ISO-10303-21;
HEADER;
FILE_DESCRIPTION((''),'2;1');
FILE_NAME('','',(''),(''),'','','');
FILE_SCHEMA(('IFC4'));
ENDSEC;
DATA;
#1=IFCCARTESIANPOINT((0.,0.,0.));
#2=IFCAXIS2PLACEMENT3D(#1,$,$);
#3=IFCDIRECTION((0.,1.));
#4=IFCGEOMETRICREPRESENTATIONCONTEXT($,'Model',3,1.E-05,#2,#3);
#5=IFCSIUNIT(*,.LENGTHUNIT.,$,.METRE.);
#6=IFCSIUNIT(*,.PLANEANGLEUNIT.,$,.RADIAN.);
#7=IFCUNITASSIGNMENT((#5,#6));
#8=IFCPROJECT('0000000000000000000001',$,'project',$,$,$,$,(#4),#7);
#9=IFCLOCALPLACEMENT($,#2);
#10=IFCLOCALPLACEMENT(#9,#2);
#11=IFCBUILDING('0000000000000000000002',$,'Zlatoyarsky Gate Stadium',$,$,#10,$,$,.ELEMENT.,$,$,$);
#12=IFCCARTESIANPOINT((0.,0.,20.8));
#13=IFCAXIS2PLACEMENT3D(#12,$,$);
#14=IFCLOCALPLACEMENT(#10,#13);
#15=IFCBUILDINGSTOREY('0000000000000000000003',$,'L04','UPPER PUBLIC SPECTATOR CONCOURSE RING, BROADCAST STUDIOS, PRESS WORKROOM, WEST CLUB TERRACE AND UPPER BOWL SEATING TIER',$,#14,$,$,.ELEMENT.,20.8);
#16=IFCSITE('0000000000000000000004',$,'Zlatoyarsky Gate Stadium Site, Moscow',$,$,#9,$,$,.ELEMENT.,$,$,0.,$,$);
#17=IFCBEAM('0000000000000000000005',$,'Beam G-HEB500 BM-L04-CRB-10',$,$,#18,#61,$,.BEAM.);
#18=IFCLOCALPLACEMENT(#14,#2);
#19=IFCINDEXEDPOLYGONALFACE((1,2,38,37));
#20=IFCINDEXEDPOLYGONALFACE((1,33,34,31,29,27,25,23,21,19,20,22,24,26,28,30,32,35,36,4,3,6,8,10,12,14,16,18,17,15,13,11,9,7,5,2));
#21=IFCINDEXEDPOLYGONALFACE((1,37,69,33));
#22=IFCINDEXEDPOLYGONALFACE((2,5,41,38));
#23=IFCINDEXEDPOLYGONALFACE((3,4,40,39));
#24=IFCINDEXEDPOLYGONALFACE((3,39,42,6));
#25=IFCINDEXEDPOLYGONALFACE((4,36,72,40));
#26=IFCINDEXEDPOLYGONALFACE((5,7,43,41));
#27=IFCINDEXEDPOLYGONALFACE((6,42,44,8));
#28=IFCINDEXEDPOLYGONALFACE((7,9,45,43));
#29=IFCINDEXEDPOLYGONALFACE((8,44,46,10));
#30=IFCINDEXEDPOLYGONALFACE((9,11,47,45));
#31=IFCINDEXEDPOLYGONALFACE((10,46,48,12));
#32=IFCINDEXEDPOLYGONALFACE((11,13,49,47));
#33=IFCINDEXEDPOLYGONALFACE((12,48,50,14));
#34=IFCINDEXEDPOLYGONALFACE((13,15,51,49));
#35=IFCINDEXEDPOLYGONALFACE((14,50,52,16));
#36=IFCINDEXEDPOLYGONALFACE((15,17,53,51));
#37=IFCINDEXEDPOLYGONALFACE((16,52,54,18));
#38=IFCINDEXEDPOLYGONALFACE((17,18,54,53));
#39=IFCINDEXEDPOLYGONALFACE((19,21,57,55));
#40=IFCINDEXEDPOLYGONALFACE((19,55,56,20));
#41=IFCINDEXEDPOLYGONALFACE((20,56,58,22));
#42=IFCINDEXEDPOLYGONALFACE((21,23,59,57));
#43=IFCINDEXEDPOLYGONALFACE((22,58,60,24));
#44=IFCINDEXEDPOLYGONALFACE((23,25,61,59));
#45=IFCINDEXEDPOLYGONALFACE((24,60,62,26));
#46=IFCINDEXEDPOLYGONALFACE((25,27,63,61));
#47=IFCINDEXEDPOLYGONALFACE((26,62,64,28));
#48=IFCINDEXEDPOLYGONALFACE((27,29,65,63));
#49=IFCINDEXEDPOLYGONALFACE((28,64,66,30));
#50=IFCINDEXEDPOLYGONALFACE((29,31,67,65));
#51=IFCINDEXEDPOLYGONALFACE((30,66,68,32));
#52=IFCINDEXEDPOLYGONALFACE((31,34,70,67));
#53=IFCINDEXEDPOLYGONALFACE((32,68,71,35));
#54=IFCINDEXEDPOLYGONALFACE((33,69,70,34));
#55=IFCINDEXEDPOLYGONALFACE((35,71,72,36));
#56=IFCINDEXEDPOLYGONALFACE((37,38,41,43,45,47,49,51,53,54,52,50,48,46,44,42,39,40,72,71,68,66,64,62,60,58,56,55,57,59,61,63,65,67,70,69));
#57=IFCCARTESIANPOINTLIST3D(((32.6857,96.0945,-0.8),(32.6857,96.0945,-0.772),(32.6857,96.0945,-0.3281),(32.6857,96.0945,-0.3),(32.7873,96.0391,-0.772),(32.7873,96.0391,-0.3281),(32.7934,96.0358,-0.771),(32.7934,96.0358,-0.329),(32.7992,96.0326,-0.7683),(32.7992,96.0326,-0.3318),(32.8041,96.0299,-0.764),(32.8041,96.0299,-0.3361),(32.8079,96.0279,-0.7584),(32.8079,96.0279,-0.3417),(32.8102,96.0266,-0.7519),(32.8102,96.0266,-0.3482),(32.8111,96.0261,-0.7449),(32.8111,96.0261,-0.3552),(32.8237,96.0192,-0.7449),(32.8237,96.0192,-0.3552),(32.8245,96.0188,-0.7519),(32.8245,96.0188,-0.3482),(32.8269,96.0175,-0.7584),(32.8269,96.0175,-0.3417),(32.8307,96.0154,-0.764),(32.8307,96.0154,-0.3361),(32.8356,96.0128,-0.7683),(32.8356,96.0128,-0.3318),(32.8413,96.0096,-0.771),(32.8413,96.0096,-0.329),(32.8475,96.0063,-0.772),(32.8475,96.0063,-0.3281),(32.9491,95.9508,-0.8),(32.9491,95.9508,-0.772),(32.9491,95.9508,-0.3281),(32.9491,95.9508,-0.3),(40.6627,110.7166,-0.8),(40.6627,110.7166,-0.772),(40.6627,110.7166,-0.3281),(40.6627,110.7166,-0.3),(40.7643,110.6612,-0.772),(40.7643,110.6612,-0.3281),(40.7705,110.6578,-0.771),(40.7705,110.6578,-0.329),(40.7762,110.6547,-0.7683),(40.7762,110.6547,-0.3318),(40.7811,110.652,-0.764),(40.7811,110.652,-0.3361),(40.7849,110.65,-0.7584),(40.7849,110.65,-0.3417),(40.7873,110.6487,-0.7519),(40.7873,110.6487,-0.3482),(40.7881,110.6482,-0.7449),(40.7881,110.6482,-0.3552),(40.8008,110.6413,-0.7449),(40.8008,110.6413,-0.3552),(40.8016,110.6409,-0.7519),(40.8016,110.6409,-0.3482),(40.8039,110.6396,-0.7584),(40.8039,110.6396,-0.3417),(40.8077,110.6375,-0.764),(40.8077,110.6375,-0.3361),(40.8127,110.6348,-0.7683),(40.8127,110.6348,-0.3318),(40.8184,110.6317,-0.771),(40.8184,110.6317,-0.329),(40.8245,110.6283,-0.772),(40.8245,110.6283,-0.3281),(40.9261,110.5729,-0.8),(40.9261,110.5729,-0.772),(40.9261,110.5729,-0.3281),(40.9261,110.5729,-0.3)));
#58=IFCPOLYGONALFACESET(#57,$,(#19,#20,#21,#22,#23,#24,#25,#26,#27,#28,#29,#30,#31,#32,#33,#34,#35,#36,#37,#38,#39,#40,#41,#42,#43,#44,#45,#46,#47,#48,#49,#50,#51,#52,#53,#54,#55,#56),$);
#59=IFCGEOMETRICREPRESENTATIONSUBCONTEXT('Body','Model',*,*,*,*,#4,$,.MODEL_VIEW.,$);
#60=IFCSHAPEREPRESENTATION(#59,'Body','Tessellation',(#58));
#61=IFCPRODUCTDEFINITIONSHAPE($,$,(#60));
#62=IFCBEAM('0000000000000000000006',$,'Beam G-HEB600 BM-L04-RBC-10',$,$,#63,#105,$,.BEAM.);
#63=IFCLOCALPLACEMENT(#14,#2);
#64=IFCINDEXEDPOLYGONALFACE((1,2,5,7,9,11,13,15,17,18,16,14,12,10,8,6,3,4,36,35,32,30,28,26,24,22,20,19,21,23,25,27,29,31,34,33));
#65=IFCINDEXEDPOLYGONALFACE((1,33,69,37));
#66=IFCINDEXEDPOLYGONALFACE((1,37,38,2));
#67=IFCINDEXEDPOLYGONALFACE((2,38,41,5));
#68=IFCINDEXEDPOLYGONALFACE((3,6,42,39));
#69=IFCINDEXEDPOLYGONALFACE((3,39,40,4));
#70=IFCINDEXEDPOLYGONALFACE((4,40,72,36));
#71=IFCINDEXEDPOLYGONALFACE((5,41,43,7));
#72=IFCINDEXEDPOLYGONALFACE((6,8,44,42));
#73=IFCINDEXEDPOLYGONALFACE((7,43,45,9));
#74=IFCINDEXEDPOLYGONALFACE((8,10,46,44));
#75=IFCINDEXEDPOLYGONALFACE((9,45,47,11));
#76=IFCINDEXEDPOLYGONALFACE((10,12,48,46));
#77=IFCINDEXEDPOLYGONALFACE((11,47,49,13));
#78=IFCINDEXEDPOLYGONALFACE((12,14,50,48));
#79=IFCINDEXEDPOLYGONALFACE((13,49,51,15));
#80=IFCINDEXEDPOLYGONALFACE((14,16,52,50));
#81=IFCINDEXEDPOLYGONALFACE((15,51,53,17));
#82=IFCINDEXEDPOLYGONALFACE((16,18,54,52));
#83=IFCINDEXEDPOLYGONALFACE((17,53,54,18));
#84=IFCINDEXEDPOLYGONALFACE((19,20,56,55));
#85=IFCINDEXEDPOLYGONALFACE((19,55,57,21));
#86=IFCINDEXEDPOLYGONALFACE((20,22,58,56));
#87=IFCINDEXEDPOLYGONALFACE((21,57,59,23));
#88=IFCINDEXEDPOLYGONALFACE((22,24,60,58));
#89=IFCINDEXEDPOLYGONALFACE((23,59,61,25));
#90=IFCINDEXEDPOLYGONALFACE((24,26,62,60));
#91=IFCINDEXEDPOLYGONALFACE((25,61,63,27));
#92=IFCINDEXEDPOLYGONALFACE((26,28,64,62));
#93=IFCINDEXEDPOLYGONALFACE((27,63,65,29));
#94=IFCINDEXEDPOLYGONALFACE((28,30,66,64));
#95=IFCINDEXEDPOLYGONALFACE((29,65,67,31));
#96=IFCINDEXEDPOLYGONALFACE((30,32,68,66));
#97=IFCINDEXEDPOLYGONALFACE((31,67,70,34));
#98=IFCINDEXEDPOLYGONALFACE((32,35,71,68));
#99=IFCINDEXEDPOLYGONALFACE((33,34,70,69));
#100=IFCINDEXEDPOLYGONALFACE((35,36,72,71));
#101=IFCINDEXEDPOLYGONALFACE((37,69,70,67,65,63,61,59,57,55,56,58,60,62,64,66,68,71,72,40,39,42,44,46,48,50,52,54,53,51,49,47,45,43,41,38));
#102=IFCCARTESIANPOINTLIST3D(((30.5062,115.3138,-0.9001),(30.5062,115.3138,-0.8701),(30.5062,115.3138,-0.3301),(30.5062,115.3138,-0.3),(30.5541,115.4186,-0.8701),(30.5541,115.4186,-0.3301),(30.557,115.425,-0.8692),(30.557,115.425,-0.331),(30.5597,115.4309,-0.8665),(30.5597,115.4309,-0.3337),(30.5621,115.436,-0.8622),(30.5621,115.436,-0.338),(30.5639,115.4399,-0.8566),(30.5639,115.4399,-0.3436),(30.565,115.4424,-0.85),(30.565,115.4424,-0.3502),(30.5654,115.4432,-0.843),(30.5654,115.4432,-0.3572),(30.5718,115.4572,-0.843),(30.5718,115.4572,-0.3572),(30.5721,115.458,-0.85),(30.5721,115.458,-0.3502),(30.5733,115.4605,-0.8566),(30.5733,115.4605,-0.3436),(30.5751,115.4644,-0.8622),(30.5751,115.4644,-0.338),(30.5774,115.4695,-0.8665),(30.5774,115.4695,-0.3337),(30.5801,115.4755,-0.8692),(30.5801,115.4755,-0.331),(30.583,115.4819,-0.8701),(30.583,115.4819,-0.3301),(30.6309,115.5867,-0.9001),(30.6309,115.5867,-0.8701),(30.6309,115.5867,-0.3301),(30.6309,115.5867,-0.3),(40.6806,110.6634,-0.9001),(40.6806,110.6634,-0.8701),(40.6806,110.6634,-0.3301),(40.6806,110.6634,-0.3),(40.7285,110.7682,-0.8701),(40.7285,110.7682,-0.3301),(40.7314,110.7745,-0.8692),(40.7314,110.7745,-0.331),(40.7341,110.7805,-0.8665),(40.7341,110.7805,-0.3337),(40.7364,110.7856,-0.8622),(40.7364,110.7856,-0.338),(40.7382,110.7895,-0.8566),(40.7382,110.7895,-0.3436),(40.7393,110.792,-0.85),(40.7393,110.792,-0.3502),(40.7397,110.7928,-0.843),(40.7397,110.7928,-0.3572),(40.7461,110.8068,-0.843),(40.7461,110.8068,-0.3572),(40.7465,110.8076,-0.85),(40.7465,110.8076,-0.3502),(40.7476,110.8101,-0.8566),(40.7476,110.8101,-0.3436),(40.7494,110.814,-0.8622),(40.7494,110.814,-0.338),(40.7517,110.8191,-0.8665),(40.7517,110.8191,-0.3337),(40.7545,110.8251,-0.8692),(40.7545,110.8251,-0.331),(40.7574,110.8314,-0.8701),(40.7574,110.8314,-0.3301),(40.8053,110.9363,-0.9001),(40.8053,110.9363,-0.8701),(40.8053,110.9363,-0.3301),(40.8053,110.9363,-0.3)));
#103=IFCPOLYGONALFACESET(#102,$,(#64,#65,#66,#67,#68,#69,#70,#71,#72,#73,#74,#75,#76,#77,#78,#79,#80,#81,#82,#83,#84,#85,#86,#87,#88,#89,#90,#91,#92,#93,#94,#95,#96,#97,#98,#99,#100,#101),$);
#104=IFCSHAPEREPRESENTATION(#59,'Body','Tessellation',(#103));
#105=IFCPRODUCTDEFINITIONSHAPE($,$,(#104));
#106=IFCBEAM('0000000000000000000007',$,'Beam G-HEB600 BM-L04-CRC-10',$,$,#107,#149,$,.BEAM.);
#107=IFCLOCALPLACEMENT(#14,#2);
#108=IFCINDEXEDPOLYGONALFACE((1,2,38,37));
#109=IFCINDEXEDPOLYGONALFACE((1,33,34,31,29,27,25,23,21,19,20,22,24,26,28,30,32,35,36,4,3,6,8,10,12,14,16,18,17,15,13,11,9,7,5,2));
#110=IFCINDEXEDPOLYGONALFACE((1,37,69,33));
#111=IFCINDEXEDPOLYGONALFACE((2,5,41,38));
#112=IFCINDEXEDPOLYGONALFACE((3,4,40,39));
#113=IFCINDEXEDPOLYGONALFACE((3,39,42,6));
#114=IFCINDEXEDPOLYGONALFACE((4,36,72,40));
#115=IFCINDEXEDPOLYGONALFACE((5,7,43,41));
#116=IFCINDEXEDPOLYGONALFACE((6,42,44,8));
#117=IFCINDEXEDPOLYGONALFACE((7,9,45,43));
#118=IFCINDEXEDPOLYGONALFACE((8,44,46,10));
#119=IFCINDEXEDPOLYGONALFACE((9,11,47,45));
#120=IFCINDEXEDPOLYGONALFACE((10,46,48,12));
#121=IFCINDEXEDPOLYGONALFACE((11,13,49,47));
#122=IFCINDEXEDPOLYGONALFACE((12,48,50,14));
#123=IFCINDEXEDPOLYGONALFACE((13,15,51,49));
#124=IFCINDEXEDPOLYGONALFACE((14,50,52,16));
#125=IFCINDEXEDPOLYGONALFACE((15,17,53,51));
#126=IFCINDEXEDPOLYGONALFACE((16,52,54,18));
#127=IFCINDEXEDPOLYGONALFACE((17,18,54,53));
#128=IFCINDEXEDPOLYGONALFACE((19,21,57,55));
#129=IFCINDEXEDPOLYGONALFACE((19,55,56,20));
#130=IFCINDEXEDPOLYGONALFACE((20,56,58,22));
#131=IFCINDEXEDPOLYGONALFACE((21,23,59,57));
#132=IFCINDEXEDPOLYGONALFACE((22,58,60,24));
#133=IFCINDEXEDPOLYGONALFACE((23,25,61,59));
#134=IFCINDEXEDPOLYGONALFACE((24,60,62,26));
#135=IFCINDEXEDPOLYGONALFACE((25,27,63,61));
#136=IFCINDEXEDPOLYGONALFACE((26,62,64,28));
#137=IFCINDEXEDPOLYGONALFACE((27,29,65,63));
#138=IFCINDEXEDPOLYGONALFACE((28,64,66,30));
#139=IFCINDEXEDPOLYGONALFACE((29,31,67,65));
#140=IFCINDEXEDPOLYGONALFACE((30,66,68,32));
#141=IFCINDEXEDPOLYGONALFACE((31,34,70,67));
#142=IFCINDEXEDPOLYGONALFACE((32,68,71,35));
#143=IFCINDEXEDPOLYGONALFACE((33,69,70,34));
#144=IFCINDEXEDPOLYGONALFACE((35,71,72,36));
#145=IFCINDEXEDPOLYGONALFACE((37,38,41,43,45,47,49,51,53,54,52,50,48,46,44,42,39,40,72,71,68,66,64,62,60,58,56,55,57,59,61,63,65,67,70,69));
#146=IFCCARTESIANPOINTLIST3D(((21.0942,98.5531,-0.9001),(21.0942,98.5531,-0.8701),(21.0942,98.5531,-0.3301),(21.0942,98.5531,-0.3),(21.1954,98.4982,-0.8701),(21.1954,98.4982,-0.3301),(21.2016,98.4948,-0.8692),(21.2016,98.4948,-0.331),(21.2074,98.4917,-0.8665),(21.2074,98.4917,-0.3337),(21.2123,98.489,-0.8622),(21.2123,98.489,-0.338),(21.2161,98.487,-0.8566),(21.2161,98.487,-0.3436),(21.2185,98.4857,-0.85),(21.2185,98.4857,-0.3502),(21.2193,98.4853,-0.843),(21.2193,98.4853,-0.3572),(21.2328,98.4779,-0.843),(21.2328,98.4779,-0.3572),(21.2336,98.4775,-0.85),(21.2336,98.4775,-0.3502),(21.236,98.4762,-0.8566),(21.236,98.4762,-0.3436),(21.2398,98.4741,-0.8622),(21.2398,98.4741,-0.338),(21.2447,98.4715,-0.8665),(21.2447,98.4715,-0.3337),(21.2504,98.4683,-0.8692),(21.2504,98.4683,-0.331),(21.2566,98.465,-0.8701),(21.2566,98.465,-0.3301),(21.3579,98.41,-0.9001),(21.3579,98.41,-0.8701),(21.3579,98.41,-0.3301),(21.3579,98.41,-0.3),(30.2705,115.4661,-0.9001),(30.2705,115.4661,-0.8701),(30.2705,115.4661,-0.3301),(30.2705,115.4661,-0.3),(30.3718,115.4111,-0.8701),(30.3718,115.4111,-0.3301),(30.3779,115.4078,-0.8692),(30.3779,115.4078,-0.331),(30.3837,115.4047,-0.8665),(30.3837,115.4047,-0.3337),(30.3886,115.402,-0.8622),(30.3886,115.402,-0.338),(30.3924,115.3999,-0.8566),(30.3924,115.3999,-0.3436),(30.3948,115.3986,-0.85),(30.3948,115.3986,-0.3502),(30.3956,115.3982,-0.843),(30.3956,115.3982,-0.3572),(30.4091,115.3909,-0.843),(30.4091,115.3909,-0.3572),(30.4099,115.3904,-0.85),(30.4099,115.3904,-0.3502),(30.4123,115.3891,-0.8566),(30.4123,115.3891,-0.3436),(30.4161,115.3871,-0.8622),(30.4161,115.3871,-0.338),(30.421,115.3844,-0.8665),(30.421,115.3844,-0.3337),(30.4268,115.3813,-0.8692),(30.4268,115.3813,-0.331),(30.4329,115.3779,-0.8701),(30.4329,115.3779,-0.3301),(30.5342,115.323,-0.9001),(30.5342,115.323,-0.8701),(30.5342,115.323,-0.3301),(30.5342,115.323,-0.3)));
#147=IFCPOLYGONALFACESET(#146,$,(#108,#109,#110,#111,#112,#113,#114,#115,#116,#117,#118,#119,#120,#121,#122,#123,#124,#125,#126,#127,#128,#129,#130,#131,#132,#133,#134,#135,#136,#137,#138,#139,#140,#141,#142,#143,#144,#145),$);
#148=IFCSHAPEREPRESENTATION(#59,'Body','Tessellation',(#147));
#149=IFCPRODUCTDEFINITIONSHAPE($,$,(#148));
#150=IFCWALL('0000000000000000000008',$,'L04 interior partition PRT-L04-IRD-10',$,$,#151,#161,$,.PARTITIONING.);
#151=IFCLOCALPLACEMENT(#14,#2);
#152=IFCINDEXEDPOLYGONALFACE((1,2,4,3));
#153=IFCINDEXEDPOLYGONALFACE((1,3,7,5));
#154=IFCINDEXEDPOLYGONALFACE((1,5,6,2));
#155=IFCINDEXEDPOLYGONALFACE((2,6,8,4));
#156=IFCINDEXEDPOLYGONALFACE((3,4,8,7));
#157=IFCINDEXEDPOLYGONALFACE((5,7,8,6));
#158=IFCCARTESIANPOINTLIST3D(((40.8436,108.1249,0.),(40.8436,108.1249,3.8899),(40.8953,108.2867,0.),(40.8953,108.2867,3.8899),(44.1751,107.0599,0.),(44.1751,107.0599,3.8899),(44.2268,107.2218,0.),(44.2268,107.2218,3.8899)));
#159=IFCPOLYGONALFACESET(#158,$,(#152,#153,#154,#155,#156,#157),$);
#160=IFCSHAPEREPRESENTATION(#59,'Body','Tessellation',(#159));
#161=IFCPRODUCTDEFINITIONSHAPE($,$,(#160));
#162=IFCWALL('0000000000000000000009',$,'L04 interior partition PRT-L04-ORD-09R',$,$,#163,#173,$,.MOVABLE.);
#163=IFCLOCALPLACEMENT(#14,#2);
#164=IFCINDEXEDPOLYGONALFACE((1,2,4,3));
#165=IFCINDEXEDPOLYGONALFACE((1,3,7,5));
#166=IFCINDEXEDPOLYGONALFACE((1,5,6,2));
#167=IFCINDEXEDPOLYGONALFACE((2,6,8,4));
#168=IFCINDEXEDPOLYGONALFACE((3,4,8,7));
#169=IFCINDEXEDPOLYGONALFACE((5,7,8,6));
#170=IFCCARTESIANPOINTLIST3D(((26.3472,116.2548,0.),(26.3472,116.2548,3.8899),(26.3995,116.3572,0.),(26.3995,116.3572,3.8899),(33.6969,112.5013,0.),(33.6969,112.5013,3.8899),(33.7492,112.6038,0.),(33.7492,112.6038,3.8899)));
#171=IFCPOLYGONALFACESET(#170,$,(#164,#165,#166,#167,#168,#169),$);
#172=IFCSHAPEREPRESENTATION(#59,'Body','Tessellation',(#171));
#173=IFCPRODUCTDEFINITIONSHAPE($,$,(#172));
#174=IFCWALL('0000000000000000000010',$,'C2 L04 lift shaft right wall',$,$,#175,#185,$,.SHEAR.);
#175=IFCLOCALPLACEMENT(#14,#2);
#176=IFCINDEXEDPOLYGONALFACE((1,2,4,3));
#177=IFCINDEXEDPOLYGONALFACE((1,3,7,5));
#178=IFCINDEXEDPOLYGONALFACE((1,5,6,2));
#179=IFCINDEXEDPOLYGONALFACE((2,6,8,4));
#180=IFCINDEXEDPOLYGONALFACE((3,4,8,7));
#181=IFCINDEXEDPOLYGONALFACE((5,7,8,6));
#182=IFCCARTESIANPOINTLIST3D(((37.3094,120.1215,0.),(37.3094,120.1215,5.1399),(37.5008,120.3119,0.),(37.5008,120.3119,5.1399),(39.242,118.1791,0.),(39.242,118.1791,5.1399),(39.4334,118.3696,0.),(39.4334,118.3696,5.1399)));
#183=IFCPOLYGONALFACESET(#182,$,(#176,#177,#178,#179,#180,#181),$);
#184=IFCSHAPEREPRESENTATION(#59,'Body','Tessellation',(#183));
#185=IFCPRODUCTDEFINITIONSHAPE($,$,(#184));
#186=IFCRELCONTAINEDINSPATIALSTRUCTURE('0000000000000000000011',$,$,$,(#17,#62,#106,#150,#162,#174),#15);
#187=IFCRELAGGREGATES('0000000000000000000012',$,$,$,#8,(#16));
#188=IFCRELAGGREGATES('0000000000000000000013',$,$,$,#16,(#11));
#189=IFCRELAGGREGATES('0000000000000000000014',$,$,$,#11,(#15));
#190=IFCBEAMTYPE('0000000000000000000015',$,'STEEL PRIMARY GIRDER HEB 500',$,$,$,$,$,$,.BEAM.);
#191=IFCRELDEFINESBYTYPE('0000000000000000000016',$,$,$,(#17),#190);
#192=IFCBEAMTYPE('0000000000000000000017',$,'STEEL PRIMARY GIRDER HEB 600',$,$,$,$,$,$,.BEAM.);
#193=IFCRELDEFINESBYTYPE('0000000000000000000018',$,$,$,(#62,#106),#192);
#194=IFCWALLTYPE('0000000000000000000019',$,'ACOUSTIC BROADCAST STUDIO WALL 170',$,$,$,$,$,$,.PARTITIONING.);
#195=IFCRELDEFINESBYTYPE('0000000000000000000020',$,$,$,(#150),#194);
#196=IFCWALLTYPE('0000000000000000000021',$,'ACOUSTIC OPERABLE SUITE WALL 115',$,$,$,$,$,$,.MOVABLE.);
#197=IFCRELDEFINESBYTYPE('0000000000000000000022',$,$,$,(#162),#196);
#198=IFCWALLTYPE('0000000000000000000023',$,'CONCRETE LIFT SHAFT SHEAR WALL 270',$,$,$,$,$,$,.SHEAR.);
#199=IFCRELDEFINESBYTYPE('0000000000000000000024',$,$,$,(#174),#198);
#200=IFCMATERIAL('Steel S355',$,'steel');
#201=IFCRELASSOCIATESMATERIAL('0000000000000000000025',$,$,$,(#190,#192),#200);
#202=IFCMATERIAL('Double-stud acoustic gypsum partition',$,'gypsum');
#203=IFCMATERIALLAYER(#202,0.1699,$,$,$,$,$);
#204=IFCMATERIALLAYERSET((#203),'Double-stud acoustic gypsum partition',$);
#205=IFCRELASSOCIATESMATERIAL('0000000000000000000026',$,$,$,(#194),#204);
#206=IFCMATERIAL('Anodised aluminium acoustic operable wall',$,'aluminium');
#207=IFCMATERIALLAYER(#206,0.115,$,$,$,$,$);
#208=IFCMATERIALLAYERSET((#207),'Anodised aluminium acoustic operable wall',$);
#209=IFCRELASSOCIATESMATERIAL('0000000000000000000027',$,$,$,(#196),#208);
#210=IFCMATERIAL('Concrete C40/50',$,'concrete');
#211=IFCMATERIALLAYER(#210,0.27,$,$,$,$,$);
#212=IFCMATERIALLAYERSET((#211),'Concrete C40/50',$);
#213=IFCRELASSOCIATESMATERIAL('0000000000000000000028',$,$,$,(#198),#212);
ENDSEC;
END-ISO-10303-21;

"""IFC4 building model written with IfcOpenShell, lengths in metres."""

from ifc_helpers import new_model, si_unit, direction, frame, frame_2d, origin, origin_2d, place, context, subcontext, project, spatial, rectangle, i_section, extrude, material, layer, layer_set, material_profile, profile_set, type_object, element, save


model = new_model("IFC4")

# Units and contexts
model_context = context("Model", 3, precision=1e-05, world=origin(), true_north=direction((0.0, 1.0)))
body_context = subcontext(model_context, "Body", "Model", "MODEL_VIEW")
ifc_project = project(units=[si_unit("LENGTHUNIT", "METRE"), si_unit("PLANEANGLEUNIT", "RADIAN")], contexts=[model_context])

# Site, building, storey
site_placement = place(None, origin())
site = spatial("IfcSite", under=ifc_project, at=site_placement, Name="Zlatoyarsky Gate Stadium Site, Moscow", CompositionType="ELEMENT", RefElevation=0.0)
building_placement = place(site_placement, origin())
building = spatial("IfcBuilding", under=site, at=building_placement, Name="Zlatoyarsky Gate Stadium", CompositionType="ELEMENT")
storey_placement = place(building_placement, frame((0.0, 0.0, 20.8)))
storey = spatial("IfcBuildingStorey", under=building, at=storey_placement, Name="L04", Description="UPPER PUBLIC SPECTATOR CONCOURSE RING, BROADCAST STUDIOS, PRESS WORKROOM, WEST CLUB TERRACE AND UPPER BOWL SEATING TIER", CompositionType="ELEMENT", Elevation=20.8)

# Shared definitions
ifc_material_1 = material(Name="Steel S355", Category="steel")

# Beams
ifc_material_2 = material(Name="Concrete C40/50", Category="concrete")
ifc_material_profile_1 = material_profile(ifc_material_1, i_section(OverallWidth=0.3, OverallDepth=0.5, WebThickness=0.0144, FlangeThickness=0.0281, FilletRadius=0.0271, at=origin_2d()), Name="HEB 500")
ifc_profile_set_1 = profile_set([ifc_material_profile_1], Name="Steel S355")
beam_type_1 = type_object("IfcBeamType", Name="STEEL PRIMARY GIRDER HEB 500", PredefinedType="BEAM", material=ifc_profile_set_1)
beam_1_placement = place(storey_placement, frame((40.7944, 110.6448, -0.55), z_axis=(-0.478916, -0.877861, 0.0), x_axis=(0.877861, -0.478916, 0.0)))
element("IfcBeam", 1, at=beam_1_placement, inside=storey, type_object=beam_type_1, Name="Beam G-HEB500 BM-L04-CRB-10", PredefinedType="BEAM", context=body_context, shape_type="SweptSolid", body=[
    extrude(i_section(OverallWidth=0.3, OverallDepth=0.5, WebThickness=0.0144, FlangeThickness=0.0281, FilletRadius=0.0271, at=origin_2d()), origin(), (0.0, 0.0, 1.0), 16.6565),
])
ifc_material_profile_2 = material_profile(ifc_material_1, i_section(OverallWidth=0.3, OverallDepth=0.6001, WebThickness=0.0154, FlangeThickness=0.03, FilletRadius=0.0271, at=origin_2d()), Name="HEB 600")
ifc_profile_set_2 = profile_set([ifc_material_profile_2], Name="Steel S355")
beam_type_2 = type_object("IfcBeamType", Name="STEEL PRIMARY GIRDER HEB 600", PredefinedType="BEAM", material=ifc_profile_set_2)
beam_2_placement = place(storey_placement, frame((40.7429, 110.7998, -0.6001), z_axis=(-0.909499, 0.415706, 0.0), x_axis=(-0.415706, -0.909499, 0.0)))
element("IfcBeam", 2, at=beam_2_placement, inside=storey, type_object=beam_type_2, Name="Beam G-HEB600 BM-L04-RBC-10", PredefinedType="BEAM", context=body_context, shape_type="SweptSolid", body=[
    extrude(i_section(OverallWidth=0.3, OverallDepth=0.6001, WebThickness=0.0154, FlangeThickness=0.03, FilletRadius=0.0271, at=origin_2d()), origin(), (0.0, 0.0, 1.0), 11.1868),
])
beam_3_placement = place(storey_placement, frame((30.4023, 115.3945, -0.6001), z_axis=(-0.476892, -0.878962, 0.0), x_axis=(0.878962, -0.476892, 0.0)))
element("IfcBeam", 3, at=beam_3_placement, inside=storey, type_object=beam_type_2, Name="Beam G-HEB600 BM-L04-CRC-10", PredefinedType="BEAM", context=body_context, shape_type="SweptSolid", body=[
    extrude(i_section(OverallWidth=0.3, OverallDepth=0.6001, WebThickness=0.0154, FlangeThickness=0.03, FilletRadius=0.0271, at=origin_2d()), origin(), (0.0, 0.0, 1.0), 19.2419),
])

# Walls
ifc_material_3 = material(Name="Double-stud acoustic gypsum partition", Category="gypsum")
ifc_layer_1 = layer(ifc_material_3, 0.1699)
ifc_layer_set_1 = layer_set([ifc_layer_1], Name="Double-stud acoustic gypsum partition")
wall_type_1 = type_object("IfcWallType", Name="ACOUSTIC BROADCAST STUDIO WALL 170", PredefinedType="PARTITIONING", material=ifc_layer_set_1)
wall_1_placement = place(storey_placement, frame((44.2009, 107.1409, 0.0), z_axis=(0.0, 0.0, 1.0), x_axis=(-0.95252, 0.304477, 0.0)))
element("IfcWall", 4, at=wall_1_placement, inside=storey, type_object=wall_type_1, Name="L04 interior partition PRT-L04-IRD-10", PredefinedType="PARTITIONING", context=body_context, shape_type="SweptSolid", body=[
    extrude(rectangle(XDim=3.4976, YDim=0.1699, at=frame_2d((1.7488, 0.0))), origin(), (0.0, 0.0, 1.0), 3.8899),
])
ifc_material_4 = material(Name="Anodised aluminium acoustic operable wall", Category="aluminium")
ifc_layer_2 = layer(ifc_material_4, 0.115)
ifc_layer_set_2 = layer_set([ifc_layer_2], Name="Anodised aluminium acoustic operable wall")
wall_type_2 = type_object("IfcWallType", Name="ACOUSTIC OPERABLE SUITE WALL 115", PredefinedType="MOVABLE", material=ifc_layer_set_2)
wall_2_placement = place(storey_placement, frame((33.7231, 112.5525, 0.0), z_axis=(0.0, 0.0, 1.0), x_axis=(-0.890584, 0.454818, 0.0)))
element("IfcWall", 5, at=wall_2_placement, inside=storey, type_object=wall_type_2, Name="L04 interior partition PRT-L04-ORD-09R", PredefinedType="MOVABLE", context=body_context, shape_type="SweptSolid", body=[
    extrude(rectangle(XDim=8.2527, YDim=0.115, at=frame_2d((4.1265, 0.0))), origin(), (0.0, 0.0, 1.0), 3.8899),
])
ifc_layer_3 = layer(ifc_material_2, 0.27)
ifc_layer_set_3 = layer_set([ifc_layer_3], Name="Concrete C40/50")
wall_type_3 = type_object("IfcWallType", Name="CONCRETE LIFT SHAFT SHEAR WALL 270", PredefinedType="SHEAR", material=ifc_layer_set_3)
wall_3_placement = place(storey_placement, frame((37.405, 120.2168, 0.0), z_axis=(0.0, 0.0, 1.0), x_axis=(0.705323, -0.708887, 0.0)))
element("IfcWall", 6, at=wall_3_placement, inside=storey, type_object=wall_type_3, Name="C2 L04 lift shaft right wall", PredefinedType="SHEAR", context=body_context, shape_type="SweptSolid", body=[
    extrude(rectangle(XDim=2.74, YDim=0.27, at=frame_2d((1.3701, 0.0))), origin(), (0.0, 0.0, 1.0), 5.1399),
])

save(model, "model.ifc")
